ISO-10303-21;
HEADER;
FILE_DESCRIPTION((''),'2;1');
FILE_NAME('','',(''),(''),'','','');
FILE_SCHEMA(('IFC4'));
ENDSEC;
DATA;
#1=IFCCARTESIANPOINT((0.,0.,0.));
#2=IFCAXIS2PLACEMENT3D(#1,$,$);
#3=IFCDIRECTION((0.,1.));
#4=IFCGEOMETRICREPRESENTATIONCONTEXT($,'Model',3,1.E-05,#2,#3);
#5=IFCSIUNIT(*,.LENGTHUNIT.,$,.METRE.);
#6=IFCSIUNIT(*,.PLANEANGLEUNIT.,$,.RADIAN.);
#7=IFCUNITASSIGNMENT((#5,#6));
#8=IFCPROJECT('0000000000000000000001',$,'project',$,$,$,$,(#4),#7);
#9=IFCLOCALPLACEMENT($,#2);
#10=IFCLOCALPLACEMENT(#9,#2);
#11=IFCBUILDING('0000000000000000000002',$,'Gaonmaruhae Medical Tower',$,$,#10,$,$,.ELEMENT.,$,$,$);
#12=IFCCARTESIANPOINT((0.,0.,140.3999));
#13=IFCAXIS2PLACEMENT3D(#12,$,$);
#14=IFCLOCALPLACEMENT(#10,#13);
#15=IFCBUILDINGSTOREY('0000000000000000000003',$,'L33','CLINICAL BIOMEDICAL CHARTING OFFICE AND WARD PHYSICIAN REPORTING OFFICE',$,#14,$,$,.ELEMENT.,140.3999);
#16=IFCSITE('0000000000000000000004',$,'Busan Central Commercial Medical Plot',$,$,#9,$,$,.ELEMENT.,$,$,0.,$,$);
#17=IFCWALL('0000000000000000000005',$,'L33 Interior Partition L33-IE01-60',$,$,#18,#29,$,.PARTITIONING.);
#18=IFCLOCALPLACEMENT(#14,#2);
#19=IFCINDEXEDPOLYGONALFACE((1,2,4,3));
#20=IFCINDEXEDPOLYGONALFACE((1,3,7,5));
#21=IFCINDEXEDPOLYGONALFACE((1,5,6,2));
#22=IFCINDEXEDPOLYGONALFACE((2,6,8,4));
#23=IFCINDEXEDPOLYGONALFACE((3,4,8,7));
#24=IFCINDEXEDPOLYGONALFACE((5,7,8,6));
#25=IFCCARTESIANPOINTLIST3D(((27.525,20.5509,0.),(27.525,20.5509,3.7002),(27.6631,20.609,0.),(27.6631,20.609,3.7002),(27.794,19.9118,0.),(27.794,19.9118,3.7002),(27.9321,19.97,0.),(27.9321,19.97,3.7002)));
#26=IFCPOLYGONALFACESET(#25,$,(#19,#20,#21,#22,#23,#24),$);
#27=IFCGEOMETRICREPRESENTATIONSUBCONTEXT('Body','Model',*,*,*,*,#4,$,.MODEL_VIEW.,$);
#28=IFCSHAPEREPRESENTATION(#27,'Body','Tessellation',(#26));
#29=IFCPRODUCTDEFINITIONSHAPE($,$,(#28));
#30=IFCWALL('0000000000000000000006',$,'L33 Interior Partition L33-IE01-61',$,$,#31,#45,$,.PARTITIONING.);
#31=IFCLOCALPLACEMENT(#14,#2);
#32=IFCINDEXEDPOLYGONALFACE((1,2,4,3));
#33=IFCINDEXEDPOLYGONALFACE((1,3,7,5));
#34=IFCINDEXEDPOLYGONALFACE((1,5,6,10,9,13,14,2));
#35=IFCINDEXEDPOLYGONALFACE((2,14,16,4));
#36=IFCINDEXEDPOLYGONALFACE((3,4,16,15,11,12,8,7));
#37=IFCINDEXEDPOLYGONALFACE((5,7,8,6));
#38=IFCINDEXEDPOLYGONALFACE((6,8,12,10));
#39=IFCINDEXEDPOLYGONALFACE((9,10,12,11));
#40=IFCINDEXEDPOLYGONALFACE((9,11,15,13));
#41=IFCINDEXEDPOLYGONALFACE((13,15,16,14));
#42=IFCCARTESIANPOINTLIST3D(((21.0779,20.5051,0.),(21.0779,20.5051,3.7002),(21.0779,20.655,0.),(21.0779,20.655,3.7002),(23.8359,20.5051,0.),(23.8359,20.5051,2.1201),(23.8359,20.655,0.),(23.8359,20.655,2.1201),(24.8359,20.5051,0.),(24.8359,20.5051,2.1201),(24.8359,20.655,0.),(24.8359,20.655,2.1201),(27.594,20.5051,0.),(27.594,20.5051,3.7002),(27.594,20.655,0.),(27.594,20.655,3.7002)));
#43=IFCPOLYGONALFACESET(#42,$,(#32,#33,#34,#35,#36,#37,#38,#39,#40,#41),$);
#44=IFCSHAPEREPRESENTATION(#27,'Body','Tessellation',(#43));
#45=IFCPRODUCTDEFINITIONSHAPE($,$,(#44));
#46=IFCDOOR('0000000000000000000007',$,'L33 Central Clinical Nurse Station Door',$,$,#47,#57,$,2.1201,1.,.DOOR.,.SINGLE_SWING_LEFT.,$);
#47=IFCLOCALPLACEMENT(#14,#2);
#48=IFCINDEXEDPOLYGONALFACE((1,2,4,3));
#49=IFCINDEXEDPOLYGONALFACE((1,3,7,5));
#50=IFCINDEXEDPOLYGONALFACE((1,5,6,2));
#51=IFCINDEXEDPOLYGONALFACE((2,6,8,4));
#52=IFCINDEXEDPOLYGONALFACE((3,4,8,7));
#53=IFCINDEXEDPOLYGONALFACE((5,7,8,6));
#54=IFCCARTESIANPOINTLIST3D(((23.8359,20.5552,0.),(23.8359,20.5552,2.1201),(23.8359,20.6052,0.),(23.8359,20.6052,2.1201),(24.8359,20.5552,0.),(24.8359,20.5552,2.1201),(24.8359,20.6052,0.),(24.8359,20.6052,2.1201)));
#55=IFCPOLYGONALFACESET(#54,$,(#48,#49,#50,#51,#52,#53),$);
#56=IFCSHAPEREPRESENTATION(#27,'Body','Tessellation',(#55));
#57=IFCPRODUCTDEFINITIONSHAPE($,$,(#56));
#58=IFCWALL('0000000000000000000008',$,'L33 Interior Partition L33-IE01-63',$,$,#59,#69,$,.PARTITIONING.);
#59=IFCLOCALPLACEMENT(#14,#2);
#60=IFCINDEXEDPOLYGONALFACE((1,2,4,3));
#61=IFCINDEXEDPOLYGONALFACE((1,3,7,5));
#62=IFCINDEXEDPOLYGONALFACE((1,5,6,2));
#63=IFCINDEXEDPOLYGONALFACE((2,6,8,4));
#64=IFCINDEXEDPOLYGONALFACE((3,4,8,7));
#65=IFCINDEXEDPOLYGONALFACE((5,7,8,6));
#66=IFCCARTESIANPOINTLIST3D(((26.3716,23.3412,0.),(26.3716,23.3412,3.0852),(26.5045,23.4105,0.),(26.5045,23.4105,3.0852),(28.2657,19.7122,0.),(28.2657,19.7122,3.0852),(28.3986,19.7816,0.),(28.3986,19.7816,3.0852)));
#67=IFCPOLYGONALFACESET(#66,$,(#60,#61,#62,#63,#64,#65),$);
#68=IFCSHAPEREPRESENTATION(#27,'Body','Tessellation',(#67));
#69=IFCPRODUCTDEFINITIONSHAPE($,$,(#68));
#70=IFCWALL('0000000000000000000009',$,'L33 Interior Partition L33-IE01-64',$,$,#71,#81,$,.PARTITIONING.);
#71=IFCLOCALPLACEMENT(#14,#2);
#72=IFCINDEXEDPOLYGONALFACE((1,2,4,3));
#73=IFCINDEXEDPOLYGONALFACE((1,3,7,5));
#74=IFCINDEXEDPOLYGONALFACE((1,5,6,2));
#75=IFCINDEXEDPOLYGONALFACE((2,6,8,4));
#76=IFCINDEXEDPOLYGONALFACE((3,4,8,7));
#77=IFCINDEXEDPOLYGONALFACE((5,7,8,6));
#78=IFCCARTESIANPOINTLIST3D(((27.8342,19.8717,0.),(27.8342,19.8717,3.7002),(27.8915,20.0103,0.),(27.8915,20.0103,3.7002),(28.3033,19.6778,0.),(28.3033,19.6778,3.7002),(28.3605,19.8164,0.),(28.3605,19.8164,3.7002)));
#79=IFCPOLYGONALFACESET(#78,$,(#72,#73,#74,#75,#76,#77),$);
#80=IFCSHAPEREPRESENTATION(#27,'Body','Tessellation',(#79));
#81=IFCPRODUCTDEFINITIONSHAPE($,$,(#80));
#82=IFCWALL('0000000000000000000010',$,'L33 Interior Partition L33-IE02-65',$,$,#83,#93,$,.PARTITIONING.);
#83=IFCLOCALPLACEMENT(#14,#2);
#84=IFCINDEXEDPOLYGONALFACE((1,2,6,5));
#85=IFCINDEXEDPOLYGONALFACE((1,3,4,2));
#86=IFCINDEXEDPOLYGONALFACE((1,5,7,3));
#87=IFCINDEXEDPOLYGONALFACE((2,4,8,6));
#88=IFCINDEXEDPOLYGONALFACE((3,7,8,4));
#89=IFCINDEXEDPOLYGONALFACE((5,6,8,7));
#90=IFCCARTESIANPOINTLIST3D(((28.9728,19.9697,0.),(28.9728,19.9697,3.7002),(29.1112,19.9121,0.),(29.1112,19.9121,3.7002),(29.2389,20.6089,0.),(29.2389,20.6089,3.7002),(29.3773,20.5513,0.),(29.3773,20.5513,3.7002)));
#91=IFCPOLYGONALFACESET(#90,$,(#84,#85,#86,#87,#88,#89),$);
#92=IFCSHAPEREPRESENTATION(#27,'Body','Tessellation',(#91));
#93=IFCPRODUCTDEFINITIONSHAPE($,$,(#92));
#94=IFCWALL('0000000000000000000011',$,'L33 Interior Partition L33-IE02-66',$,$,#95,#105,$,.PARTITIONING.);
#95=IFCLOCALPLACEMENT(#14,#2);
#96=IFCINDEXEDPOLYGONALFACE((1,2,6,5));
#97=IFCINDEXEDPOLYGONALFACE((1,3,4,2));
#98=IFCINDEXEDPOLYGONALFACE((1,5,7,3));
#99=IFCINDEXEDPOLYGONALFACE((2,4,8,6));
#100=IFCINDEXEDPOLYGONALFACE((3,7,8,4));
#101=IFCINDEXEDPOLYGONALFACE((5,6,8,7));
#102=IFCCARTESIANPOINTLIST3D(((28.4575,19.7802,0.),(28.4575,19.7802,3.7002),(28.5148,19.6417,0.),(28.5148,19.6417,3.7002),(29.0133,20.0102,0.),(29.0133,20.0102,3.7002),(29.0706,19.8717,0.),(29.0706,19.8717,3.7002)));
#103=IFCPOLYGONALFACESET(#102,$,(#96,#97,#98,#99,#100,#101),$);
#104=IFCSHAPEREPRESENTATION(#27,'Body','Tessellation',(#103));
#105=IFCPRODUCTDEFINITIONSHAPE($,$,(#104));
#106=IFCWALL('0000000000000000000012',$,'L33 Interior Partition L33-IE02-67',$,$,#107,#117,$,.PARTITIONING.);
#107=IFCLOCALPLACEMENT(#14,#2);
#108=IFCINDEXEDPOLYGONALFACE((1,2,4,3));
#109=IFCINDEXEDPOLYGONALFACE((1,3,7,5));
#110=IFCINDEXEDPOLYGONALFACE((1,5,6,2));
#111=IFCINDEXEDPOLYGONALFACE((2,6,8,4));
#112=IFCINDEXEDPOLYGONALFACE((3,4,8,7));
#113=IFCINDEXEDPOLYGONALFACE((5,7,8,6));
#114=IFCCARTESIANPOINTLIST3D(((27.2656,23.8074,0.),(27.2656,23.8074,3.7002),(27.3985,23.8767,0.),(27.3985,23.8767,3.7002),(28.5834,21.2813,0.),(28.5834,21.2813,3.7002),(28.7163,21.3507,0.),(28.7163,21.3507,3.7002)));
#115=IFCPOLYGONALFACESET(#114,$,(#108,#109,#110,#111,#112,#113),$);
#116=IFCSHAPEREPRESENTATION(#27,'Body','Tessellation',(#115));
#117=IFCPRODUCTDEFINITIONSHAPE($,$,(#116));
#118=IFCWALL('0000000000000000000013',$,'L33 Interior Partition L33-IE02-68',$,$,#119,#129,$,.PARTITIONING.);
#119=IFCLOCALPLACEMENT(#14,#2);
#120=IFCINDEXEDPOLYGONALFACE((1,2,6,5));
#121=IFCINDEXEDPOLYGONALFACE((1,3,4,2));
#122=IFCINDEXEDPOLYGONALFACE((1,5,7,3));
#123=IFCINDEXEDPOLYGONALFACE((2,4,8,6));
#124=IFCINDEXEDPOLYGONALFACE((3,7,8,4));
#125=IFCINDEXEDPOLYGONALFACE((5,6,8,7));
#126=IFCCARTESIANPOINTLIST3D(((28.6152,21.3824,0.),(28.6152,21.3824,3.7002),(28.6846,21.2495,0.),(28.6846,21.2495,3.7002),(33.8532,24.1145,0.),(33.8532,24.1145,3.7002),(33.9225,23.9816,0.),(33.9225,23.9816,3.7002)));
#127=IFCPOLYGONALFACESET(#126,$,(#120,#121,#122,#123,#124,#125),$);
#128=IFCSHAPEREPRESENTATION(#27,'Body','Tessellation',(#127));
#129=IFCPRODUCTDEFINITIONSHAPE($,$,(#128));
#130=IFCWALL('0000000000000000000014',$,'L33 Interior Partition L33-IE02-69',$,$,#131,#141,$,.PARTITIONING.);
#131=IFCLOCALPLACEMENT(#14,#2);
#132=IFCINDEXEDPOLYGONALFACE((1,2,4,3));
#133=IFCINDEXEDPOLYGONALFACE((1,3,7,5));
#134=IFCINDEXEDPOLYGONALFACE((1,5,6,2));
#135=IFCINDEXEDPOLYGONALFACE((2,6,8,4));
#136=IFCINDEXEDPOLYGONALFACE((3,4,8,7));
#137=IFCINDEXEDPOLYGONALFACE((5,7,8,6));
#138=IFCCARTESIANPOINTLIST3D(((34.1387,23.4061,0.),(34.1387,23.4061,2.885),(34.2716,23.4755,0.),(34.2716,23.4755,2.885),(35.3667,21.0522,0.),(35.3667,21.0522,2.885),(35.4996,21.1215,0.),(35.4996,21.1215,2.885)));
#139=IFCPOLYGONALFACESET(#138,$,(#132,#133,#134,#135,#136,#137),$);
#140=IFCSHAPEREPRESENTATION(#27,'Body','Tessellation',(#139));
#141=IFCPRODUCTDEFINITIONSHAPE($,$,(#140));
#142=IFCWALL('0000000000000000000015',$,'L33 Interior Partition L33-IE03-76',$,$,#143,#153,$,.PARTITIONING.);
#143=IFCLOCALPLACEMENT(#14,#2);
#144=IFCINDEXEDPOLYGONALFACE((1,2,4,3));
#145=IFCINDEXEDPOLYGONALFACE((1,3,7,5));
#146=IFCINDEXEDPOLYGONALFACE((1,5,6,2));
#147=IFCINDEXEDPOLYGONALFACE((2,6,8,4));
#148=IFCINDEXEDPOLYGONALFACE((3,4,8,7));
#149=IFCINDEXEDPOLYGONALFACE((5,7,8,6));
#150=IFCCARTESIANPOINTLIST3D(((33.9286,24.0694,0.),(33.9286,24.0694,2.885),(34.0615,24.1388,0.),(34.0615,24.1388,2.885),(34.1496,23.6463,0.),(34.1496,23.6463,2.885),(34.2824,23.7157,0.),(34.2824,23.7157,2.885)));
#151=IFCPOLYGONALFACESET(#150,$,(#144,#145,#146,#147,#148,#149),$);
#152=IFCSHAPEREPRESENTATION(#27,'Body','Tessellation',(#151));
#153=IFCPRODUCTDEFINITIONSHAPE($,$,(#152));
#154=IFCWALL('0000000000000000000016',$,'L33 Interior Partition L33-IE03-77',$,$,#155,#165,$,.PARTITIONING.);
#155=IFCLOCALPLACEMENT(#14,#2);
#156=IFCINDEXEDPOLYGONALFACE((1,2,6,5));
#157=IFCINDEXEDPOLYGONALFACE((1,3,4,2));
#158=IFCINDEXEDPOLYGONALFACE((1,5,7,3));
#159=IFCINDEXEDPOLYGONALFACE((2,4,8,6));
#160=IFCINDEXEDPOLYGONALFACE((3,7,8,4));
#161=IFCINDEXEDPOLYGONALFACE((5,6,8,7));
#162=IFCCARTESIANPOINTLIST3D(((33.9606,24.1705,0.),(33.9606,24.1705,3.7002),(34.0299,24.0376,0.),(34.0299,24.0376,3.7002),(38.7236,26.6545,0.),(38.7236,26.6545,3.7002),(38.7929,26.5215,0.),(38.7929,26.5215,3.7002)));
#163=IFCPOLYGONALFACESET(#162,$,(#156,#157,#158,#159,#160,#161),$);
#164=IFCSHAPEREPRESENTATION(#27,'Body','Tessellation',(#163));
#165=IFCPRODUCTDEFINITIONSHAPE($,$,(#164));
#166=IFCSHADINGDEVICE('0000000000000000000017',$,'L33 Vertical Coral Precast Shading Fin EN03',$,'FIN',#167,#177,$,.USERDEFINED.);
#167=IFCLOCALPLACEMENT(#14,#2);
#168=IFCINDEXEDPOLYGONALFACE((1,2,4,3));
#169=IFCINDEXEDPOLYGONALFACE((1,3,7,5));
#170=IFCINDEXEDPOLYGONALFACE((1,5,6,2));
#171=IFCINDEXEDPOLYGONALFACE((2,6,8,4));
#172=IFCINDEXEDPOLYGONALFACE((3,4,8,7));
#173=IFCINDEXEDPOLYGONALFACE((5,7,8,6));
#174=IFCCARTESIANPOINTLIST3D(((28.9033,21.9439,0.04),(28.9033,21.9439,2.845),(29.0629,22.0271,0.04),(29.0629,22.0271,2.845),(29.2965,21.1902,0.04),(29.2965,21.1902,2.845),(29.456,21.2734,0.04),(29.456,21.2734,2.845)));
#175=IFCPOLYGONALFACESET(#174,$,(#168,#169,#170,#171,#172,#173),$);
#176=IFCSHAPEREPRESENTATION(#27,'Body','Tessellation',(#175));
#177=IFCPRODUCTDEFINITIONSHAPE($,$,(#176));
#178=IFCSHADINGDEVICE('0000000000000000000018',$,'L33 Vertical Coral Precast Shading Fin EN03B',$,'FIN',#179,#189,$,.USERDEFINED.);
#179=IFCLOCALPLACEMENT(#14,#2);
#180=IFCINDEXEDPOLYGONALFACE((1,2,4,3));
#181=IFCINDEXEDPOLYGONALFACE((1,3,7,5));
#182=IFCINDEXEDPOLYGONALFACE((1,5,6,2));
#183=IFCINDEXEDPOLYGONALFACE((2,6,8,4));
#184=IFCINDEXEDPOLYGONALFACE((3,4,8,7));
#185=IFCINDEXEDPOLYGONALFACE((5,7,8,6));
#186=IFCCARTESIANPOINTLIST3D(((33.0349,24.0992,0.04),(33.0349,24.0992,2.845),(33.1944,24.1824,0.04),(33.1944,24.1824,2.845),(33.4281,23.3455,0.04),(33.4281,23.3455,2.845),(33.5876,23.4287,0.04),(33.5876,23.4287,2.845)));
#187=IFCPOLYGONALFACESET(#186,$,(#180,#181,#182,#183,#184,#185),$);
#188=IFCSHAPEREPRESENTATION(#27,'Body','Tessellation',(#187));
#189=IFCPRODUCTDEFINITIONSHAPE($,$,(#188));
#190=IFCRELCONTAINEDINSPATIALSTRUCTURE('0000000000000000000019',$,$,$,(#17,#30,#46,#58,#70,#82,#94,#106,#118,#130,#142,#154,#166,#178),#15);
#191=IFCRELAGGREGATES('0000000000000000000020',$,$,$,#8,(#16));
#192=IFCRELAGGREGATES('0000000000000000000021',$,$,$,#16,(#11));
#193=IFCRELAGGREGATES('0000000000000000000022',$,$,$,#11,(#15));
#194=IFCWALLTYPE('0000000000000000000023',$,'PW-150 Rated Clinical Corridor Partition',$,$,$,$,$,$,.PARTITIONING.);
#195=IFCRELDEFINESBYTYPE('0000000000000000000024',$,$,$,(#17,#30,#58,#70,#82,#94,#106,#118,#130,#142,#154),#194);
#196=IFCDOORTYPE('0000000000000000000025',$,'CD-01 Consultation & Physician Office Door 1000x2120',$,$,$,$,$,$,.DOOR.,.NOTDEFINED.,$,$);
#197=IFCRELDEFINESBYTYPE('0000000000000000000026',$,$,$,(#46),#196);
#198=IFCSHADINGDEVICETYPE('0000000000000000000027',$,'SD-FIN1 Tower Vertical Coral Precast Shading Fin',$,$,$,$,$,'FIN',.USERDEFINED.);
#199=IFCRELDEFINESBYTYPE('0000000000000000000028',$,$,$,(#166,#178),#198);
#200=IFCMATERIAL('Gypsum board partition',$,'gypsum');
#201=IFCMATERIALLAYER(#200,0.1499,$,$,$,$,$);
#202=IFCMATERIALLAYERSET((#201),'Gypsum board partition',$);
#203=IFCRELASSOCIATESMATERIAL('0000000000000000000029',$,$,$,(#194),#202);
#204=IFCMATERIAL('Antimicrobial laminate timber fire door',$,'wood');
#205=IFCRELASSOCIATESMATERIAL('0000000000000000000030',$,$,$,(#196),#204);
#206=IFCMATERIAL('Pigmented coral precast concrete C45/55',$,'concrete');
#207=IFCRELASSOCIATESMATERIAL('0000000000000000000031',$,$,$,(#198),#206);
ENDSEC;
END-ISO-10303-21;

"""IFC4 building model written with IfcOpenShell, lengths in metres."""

from ifc_helpers import new_model, si_unit, direction, frame, frame_2d, origin, origin_2d, place, context, subcontext, project, spatial, rectangle, extrude, material, layer, layer_set, type_object, element, fill, save


model = new_model("IFC4")

# Units and contexts
model_context = context("Model", 3, precision=1e-05, world=origin(), true_north=direction((0.0, 1.0)))
body_context = subcontext(model_context, "Body", "Model", "MODEL_VIEW")
ifc_project = project(units=[si_unit("LENGTHUNIT", "METRE"), si_unit("PLANEANGLEUNIT", "RADIAN")], contexts=[model_context])

# Site, building, storey
site_placement = place(None, origin())
site = spatial("IfcSite", under=ifc_project, at=site_placement, Name="Busan Central Commercial Medical Plot", CompositionType="ELEMENT", RefElevation=0.0)
building_placement = place(site_placement, origin())
building = spatial("IfcBuilding", under=site, at=building_placement, Name="Gaonmaruhae Medical Tower", CompositionType="ELEMENT")
storey_placement = place(building_placement, frame((0.0, 0.0, 140.3999)))
storey = spatial("IfcBuildingStorey", under=building, at=storey_placement, Name="L33", Description="CLINICAL BIOMEDICAL CHARTING OFFICE AND WARD PHYSICIAN REPORTING OFFICE", CompositionType="ELEMENT", Elevation=140.3999)

# Wall
ifc_material_1 = material(Name="Gypsum board partition", Category="gypsum")
ifc_layer_1 = layer(ifc_material_1, 0.1499)
ifc_layer_set_1 = layer_set([ifc_layer_1], Name="Gypsum board partition")
wall_type_1 = type_object("IfcWallType", Name="PW-150 Rated Clinical Corridor Partition", PredefinedType="PARTITIONING", material=ifc_layer_set_1)
wall_1_placement = place(storey_placement, frame((27.863, 19.9409, 0.0), z_axis=(0.0, 0.0, 1.0), x_axis=(-0.387963, 0.921675, 0.0)))
element("IfcWall", 1, at=wall_1_placement, inside=storey, type_object=wall_type_1, Name="L33 Interior Partition L33-IE01-60", PredefinedType="PARTITIONING", context=body_context, shape_type="SweptSolid", body=[
    extrude(rectangle(XDim=0.6934, YDim=0.1499, at=frame_2d((0.3467, 0.0))), origin(), (0.0, 0.0, 1.0), 3.7002),
])

# Wall, opening, door
wall_2_placement = place(storey_placement, frame((27.594, 20.5801, 0.0), z_axis=(0.0, 0.0, 1.0), x_axis=(-1.0, 0.0, 0.0)))
wall_2 = element("IfcWall", 2, at=wall_2_placement, inside=storey, type_object=wall_type_1, Name="L33 Interior Partition L33-IE01-61", PredefinedType="PARTITIONING", context=body_context, shape_type="SweptSolid", body=[
    extrude(rectangle(XDim=6.5161, YDim=0.1499, at=frame_2d((3.2581, 0.0))), origin(), (0.0, 0.0, 1.0), 3.7002),
])
opening_placement = place(wall_2_placement, frame((2.7581, 0.0, 0.0)))
opening = element("IfcOpeningElement", 3, at=opening_placement, cuts=wall_2, PredefinedType="OPENING", context=body_context, shape_type="SweptSolid", body=[
    extrude(rectangle(XDim=1.0, YDim=2.1201, at=frame_2d((0.5, 1.0601))), frame((0.0, 0.085, 0.0), z_axis=(0.0, -1.0, 0.0), x_axis=(1.0, 0.0, 0.0)), (0.0, 0.0, 1.0), 0.1699),
])
ifc_material_2 = material(Name="Antimicrobial laminate timber fire door", Category="wood")
door_type = type_object("IfcDoorType", Name="CD-01 Consultation & Physician Office Door 1000x2120", OperationType="NOTDEFINED", PredefinedType="DOOR", material=ifc_material_2)
door_placement = place(opening_placement, origin())
door = element("IfcDoor", 4, at=door_placement, inside=storey, type_object=door_type, Name="L33 Central Clinical Nurse Station Door", OperationType="SINGLE_SWING_LEFT", OverallHeight=2.1201, OverallWidth=1.0, PredefinedType="DOOR", context=body_context, shape_type="SweptSolid", body=[
    extrude(rectangle(XDim=1.0, YDim=2.1201, at=frame_2d((0.5, 1.0601))), frame((0.0, 0.0249, 0.0), z_axis=(0.0, -1.0, 0.0), x_axis=(1.0, 0.0, 0.0)), (0.0, 0.0, 1.0), 0.05),
])
fill(opening, door)

# Walls
wall_3_placement = place(storey_placement, frame((26.438, 23.376, 0.0), z_axis=(0.0, 0.0, 1.0), x_axis=(0.462701, -0.886515, 0.0)))
element("IfcWall", 5, at=wall_3_placement, inside=storey, type_object=wall_type_1, Name="L33 Interior Partition L33-IE01-63", PredefinedType="PARTITIONING", context=body_context, shape_type="SweptSolid", body=[
    extrude(rectangle(XDim=4.0935, YDim=0.1499, at=frame_2d((2.0469, 0.0))), origin(), (0.0, 0.0, 1.0), 3.0852),
])
wall_4_placement = place(storey_placement, frame((28.332, 19.7471, 0.0), z_axis=(0.0, 0.0, 1.0), x_axis=(-0.924169, 0.381983, 0.0)))
element("IfcWall", 6, at=wall_4_placement, inside=storey, type_object=wall_type_1, Name="L33 Interior Partition L33-IE01-64", PredefinedType="PARTITIONING", context=body_context, shape_type="SweptSolid", body=[
    extrude(rectangle(XDim=0.5076, YDim=0.1499, at=frame_2d((0.2539, 0.0))), origin(), (0.0, 0.0, 1.0), 3.7002),
])
wall_5_placement = place(storey_placement, frame((29.3081, 20.5801, 0.0), z_axis=(0.0, 0.0, 1.0), x_axis=(-0.384365, -0.923181, 0.0)))
element("IfcWall", 7, at=wall_5_placement, inside=storey, type_object=wall_type_1, Name="L33 Interior Partition L33-IE02-65", PredefinedType="PARTITIONING", context=body_context, shape_type="SweptSolid", body=[
    extrude(rectangle(XDim=0.6924, YDim=0.1499, at=frame_2d((0.3462, 0.0))), origin(), (0.0, 0.0, 1.0), 3.7002),
])
wall_6_placement = place(storey_placement, frame((29.042, 19.9409, 0.0), z_axis=(0.0, 0.0, 1.0), x_axis=(-0.924046, -0.38228, 0.0)))
element("IfcWall", 8, at=wall_6_placement, inside=storey, type_object=wall_type_1, Name="L33 Interior Partition L33-IE02-66", PredefinedType="PARTITIONING", context=body_context, shape_type="SweptSolid", body=[
    extrude(rectangle(XDim=0.6016, YDim=0.1499, at=frame_2d((0.3008, 0.0))), origin(), (0.0, 0.0, 1.0), 3.7002),
])
wall_7_placement = place(storey_placement, frame((27.332, 23.842, 0.0), z_axis=(0.0, 0.0, 1.0), x_axis=(0.462537, -0.8866, 0.0)))
element("IfcWall", 9, at=wall_7_placement, inside=storey, type_object=wall_type_1, Name="L33 Interior Partition L33-IE02-67", PredefinedType="PARTITIONING", context=body_context, shape_type="SweptSolid", body=[
    extrude(rectangle(XDim=2.8491, YDim=0.1499, at=frame_2d((1.4246, 0.0))), origin(), (0.0, 0.0, 1.0), 3.7002),
])
wall_8_placement = place(storey_placement, frame((28.6499, 21.3159, 0.0), z_axis=(0.0, 0.0, 1.0), x_axis=(0.886634, 0.462471, 0.0)))
element("IfcWall", 10, at=wall_8_placement, inside=storey, type_object=wall_type_1, Name="L33 Interior Partition L33-IE02-68", PredefinedType="PARTITIONING", context=body_context, shape_type="SweptSolid", body=[
    extrude(rectangle(XDim=5.9077, YDim=0.1499, at=frame_2d((2.9539, 0.0))), origin(), (0.0, 0.0, 1.0), 3.7002),
])
wall_9_placement = place(storey_placement, frame((34.2051, 23.4409, 0.0), z_axis=(0.0, 0.0, 1.0), x_axis=(0.462522, -0.886608, 0.0)))
element("IfcWall", 11, at=wall_9_placement, inside=storey, type_object=wall_type_1, Name="L33 Interior Partition L33-IE02-69", PredefinedType="PARTITIONING", context=body_context, shape_type="SweptSolid", body=[
    extrude(rectangle(XDim=2.655, YDim=0.1499, at=frame_2d((1.3276, 0.0))), origin(), (0.0, 0.0, 1.0), 2.885),
])
wall_10_placement = place(storey_placement, frame((34.2161, 23.6809, 0.0), z_axis=(0.0, 0.0, 1.0), x_axis=(-0.462898, 0.886412, 0.0)))
element("IfcWall", 12, at=wall_10_placement, inside=storey, type_object=wall_type_1, Name="L33 Interior Partition L33-IE03-76", PredefinedType="PARTITIONING", context=body_context, shape_type="SweptSolid", body=[
    extrude(rectangle(XDim=0.4773, YDim=0.1499, at=frame_2d((0.2388, 0.0))), origin(), (0.0, 0.0, 1.0), 2.885),
])
wall_11_placement = place(storey_placement, frame((33.9951, 24.104, 0.0), z_axis=(0.0, 0.0, 1.0), x_axis=(0.886671, 0.462401, 0.0)))
element("IfcWall", 13, at=wall_11_placement, inside=storey, type_object=wall_type_1, Name="L33 Interior Partition L33-IE03-77", PredefinedType="PARTITIONING", context=body_context, shape_type="SweptSolid", body=[
    extrude(rectangle(XDim=5.3718, YDim=0.1499, at=frame_2d((2.686, 0.0))), origin(), (0.0, 0.0, 1.0), 3.7002),
])

# Shading devices
ifc_material_3 = material(Name="Pigmented coral precast concrete C45/55", Category="concrete")
shading_device_type = type_object("IfcShadingDeviceType", Name="SD-FIN1 Tower Vertical Coral Precast Shading Fin", ElementType="FIN", PredefinedType="USERDEFINED", material=ifc_material_3)
for number, where, z_axis, x_axis, name in (
    (14, (29.1797, 21.6086, 0.04), (0.0, 0.0, 1.0), (0.886608, 0.462523, 0.0), "L33 Vertical Coral Precast Shading Fin EN03"),
    (15, (33.3113, 23.7639, 0.04), (0.0, 0.0, 1.0), (0.886608, 0.462523, 0.0), "L33 Vertical Coral Precast Shading Fin EN03B"),
):
    element("IfcShadingDevice", number, at=place(storey_placement, frame(where, z_axis=z_axis, x_axis=x_axis)), inside=storey, type_object=shading_device_type, Name=name, ObjectType="FIN", PredefinedType="USERDEFINED", context=body_context, shape_type="SweptSolid", body=[
        extrude(rectangle(XDim=0.1799, YDim=0.8501, at=origin_2d()), origin(), (0.0, 0.0, 1.0), 2.8049),
    ])

save(model, "model.ifc")
